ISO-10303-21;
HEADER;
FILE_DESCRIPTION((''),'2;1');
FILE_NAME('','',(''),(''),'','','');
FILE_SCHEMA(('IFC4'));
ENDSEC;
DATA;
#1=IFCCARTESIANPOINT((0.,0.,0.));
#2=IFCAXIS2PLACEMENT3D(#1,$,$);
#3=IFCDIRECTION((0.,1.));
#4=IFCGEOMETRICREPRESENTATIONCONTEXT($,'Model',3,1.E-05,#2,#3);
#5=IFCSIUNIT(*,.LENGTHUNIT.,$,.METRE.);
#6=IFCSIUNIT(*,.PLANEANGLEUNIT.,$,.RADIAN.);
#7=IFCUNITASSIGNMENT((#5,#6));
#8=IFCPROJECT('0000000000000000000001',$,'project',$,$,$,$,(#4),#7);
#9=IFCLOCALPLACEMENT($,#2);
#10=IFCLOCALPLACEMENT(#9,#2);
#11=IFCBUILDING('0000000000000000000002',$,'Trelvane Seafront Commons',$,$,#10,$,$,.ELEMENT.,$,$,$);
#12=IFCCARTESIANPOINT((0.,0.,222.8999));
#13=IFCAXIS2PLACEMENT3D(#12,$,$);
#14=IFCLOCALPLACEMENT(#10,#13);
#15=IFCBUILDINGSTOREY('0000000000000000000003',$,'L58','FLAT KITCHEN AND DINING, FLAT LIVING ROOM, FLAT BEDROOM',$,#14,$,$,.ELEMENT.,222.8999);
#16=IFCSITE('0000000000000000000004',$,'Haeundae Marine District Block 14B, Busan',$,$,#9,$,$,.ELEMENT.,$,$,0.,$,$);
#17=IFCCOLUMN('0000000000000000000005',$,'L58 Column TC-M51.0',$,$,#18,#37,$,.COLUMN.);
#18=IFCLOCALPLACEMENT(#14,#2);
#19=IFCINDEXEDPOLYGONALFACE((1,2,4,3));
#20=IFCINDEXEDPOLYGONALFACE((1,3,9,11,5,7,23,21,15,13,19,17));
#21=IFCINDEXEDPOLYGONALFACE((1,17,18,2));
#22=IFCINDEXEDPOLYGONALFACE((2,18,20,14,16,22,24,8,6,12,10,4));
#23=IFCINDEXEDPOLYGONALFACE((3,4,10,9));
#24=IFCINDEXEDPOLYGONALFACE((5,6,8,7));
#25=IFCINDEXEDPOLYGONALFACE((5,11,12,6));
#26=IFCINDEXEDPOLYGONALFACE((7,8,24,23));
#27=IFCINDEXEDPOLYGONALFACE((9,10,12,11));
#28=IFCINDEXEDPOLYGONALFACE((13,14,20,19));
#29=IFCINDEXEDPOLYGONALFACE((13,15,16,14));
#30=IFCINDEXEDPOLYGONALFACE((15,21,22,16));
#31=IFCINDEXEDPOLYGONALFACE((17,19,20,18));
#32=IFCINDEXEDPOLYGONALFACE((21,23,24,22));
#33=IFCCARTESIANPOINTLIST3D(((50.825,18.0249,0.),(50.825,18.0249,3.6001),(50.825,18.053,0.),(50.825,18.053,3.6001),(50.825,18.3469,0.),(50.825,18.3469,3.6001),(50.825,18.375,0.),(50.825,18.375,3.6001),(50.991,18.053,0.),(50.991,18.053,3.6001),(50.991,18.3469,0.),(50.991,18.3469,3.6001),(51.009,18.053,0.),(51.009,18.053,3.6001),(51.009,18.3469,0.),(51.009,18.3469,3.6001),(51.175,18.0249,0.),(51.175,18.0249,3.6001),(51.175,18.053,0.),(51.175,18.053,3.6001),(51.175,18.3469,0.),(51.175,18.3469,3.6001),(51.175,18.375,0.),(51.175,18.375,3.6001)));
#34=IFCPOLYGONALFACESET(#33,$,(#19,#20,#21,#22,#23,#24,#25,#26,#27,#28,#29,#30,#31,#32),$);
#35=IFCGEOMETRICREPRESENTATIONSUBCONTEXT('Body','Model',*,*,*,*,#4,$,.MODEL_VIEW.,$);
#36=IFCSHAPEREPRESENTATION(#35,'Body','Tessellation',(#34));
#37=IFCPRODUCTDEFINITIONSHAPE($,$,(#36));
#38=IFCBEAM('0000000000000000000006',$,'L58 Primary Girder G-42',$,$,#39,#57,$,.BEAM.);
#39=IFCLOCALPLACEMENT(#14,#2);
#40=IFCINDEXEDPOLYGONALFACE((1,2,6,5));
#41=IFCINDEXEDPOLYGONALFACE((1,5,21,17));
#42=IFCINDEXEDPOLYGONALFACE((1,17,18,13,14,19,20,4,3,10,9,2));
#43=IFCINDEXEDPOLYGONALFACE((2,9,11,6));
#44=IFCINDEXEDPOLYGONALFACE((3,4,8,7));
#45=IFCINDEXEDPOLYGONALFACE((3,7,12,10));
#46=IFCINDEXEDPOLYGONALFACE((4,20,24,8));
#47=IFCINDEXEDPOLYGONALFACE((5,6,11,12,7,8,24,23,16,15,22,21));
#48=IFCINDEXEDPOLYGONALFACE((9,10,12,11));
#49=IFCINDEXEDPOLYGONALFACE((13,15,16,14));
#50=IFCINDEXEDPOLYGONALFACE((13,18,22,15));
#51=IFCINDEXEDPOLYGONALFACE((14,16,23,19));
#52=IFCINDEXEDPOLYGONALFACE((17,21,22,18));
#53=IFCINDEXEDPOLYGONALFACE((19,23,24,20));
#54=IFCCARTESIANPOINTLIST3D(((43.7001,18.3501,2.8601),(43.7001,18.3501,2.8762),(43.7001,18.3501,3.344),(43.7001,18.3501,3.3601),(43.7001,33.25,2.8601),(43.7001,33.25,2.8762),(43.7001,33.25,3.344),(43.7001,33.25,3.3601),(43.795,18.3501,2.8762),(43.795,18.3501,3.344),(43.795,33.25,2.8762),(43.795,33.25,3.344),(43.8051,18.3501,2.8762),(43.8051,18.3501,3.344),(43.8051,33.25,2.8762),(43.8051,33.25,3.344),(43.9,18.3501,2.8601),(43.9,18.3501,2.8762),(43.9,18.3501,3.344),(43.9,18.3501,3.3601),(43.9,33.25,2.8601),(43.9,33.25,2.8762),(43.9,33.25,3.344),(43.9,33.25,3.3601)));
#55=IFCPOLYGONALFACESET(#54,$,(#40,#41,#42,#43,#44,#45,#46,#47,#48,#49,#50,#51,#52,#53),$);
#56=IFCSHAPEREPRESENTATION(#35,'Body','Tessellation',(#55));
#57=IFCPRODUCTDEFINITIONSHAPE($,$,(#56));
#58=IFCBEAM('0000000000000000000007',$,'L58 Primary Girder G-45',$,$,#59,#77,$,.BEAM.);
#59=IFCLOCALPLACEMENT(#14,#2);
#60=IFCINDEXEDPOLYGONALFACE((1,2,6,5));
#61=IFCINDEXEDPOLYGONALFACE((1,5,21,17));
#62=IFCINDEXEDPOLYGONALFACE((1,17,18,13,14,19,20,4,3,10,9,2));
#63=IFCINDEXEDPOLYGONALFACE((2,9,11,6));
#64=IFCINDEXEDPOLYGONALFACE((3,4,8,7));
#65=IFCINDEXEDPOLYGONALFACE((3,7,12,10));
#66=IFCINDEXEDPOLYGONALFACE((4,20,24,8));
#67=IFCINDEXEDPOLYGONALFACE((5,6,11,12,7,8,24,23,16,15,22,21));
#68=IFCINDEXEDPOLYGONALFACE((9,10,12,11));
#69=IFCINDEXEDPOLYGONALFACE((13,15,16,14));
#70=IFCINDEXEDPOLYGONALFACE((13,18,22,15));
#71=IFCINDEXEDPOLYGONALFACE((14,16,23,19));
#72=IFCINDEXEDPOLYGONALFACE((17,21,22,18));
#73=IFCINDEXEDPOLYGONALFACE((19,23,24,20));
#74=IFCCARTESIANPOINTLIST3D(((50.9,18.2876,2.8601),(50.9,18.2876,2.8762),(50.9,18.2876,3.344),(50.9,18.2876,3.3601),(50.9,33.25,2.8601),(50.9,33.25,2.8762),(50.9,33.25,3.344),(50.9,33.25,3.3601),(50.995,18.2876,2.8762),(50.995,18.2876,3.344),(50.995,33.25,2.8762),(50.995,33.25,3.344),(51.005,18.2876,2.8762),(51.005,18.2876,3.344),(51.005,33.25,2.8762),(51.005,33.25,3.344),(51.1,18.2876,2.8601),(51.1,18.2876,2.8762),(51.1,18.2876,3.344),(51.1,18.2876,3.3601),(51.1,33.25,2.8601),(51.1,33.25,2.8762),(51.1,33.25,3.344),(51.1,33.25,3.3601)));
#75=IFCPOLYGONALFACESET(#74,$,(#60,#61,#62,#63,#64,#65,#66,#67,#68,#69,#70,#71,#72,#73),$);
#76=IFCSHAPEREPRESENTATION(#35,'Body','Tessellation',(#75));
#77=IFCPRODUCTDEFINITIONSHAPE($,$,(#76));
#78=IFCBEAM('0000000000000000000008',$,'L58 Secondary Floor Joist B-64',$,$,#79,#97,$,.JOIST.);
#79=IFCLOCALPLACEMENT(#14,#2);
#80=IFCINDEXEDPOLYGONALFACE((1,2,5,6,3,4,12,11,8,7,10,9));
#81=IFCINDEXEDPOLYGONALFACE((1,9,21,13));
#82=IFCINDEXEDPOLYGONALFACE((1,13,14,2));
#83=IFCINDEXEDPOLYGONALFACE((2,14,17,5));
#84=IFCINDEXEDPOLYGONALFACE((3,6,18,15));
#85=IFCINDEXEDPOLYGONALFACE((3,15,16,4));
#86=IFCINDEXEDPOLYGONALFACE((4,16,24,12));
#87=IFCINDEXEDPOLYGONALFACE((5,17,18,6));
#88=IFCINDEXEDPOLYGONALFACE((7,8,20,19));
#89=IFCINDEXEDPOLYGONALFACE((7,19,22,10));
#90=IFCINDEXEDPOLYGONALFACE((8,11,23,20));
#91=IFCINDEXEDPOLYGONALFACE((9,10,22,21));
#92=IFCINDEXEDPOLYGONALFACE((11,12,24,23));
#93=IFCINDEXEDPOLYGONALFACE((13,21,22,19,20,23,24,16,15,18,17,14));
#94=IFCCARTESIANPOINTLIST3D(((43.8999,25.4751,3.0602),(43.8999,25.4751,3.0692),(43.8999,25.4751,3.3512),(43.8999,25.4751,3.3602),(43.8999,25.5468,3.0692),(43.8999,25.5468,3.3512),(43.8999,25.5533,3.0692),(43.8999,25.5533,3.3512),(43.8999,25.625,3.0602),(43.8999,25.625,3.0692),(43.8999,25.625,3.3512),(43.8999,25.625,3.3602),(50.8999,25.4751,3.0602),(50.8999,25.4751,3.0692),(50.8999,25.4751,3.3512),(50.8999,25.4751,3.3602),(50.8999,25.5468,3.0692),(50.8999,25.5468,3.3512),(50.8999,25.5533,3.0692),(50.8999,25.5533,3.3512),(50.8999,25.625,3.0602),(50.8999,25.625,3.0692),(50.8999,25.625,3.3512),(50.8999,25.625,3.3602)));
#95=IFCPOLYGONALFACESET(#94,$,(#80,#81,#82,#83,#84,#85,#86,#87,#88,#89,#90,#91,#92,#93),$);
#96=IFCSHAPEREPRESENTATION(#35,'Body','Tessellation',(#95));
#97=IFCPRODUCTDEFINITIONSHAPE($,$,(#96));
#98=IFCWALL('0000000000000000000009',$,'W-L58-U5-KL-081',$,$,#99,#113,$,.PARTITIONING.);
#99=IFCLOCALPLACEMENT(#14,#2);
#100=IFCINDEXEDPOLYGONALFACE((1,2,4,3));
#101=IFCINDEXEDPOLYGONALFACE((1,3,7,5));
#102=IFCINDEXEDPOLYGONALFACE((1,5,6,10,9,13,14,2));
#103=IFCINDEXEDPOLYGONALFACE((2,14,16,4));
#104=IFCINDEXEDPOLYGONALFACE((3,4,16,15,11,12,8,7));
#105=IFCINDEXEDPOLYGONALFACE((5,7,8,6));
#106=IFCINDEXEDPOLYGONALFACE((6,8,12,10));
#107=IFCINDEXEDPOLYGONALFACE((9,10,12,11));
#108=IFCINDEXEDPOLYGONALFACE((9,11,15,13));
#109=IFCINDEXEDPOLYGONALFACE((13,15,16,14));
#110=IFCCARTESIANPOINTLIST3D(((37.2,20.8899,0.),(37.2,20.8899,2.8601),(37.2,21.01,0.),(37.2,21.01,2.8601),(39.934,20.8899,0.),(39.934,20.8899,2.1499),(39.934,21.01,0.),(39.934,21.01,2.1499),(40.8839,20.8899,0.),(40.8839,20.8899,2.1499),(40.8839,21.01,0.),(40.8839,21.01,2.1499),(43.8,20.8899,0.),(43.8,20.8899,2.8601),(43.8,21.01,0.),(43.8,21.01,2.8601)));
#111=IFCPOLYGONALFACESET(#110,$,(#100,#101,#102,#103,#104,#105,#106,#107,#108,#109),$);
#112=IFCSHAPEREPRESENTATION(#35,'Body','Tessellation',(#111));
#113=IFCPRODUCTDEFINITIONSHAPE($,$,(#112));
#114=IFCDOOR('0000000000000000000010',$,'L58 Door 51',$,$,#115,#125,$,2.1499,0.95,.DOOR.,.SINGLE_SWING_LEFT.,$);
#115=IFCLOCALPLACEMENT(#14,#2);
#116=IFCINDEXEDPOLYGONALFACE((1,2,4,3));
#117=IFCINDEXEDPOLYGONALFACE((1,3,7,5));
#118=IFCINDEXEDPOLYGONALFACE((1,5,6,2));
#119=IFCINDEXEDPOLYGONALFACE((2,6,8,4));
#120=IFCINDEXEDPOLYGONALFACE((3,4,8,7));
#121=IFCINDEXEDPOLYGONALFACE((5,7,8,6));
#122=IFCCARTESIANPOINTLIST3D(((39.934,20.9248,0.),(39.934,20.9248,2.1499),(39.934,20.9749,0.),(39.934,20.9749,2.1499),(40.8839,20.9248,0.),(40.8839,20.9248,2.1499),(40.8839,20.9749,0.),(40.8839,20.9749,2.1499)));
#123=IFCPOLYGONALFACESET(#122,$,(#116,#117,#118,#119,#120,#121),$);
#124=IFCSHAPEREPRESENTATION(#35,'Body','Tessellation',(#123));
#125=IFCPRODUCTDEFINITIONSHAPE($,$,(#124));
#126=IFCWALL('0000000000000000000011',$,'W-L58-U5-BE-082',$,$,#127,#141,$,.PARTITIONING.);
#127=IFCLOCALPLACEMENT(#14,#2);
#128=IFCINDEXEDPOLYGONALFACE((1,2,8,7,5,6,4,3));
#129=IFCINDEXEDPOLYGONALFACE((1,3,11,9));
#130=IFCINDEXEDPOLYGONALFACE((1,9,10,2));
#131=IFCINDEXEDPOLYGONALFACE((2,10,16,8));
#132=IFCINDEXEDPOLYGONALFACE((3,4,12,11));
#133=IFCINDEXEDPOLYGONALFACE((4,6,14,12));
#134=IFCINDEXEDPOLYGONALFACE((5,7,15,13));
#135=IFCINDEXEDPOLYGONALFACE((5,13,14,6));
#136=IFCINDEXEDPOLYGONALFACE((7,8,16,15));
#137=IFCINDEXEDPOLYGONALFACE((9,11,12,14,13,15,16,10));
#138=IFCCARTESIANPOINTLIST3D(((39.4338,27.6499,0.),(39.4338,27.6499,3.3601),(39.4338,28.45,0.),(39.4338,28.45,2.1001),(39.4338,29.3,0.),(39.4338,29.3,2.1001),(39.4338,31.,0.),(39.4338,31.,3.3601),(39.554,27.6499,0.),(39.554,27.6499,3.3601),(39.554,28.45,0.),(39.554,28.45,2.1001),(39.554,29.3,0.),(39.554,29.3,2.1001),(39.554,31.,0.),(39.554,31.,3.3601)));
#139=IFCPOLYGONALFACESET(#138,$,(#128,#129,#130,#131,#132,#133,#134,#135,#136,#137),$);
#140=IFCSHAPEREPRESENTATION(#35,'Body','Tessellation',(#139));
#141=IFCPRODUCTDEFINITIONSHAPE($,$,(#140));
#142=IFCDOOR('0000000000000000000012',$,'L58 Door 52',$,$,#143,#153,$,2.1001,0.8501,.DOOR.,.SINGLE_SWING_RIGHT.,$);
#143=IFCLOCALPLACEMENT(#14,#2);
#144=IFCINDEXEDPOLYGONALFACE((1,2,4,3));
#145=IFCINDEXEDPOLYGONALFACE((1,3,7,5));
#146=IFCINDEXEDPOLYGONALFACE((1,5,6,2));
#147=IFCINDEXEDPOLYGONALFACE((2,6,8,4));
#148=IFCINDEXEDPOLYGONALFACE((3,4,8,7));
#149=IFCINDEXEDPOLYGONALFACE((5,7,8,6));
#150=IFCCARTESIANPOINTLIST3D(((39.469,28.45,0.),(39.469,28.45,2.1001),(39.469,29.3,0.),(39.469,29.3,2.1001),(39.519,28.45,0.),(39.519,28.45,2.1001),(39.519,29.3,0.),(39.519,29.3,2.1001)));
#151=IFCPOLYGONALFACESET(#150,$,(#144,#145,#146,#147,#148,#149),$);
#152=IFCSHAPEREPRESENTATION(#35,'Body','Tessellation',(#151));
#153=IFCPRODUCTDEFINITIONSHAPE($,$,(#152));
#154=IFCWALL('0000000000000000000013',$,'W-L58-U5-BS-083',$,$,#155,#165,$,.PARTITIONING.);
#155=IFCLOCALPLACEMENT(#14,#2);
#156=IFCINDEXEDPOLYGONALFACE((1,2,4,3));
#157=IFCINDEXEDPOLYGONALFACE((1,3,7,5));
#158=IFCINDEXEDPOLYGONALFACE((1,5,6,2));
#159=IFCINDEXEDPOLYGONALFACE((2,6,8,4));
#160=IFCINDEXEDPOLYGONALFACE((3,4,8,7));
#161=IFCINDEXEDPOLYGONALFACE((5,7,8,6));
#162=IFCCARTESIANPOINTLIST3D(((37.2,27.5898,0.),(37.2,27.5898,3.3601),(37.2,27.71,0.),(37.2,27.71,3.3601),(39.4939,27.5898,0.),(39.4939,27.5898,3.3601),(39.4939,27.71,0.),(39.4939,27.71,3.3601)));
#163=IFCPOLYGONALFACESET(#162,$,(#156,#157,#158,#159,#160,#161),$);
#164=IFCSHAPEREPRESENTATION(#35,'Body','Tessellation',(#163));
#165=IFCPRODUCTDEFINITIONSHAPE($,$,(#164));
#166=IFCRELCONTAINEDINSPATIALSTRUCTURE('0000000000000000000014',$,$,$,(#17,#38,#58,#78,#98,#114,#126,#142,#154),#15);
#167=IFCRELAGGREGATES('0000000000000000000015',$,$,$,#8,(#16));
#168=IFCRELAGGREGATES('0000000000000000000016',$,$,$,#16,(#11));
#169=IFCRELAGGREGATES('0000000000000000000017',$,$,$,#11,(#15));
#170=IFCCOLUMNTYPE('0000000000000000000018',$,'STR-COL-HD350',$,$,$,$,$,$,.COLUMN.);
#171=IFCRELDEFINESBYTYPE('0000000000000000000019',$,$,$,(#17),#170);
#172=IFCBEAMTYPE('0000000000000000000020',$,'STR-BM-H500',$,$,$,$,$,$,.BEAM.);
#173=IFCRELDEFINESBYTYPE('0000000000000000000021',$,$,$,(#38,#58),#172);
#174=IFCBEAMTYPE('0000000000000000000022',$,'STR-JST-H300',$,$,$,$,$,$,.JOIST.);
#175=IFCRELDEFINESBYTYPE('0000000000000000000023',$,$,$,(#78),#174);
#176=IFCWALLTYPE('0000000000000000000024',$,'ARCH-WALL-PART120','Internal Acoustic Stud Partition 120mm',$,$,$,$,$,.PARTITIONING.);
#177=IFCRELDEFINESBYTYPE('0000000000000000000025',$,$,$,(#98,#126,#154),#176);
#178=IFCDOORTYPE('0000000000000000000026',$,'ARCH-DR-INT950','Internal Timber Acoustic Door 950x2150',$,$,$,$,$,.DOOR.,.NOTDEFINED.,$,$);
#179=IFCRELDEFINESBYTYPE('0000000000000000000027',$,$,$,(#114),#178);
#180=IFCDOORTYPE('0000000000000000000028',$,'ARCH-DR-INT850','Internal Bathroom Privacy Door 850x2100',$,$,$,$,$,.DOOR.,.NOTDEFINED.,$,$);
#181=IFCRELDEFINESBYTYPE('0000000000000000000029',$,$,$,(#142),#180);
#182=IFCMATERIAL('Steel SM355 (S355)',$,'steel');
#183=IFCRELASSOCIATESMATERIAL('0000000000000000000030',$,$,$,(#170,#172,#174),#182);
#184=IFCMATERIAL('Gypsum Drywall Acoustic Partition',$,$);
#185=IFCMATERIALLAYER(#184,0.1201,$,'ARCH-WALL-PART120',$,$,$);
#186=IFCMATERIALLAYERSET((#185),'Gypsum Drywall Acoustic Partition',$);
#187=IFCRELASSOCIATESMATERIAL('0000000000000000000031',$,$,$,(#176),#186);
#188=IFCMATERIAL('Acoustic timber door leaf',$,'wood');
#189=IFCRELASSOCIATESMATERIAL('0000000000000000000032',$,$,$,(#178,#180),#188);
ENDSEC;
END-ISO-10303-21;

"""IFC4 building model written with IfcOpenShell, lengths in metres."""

from ifc_helpers import new_model, si_unit, direction, frame, frame_2d, origin, origin_2d, place, context, subcontext, project, spatial, rectangle, i_section, extrude, source, transform, mapped, material, layer, layer_set, material_profile, profile_set, type_object, element, fill, save


model = new_model("IFC4")

# Units and contexts
model_context = context("Model", 3, precision=1e-05, world=origin(), true_north=direction((0.0, 1.0)))
body_context = subcontext(model_context, "Body", "Model", "MODEL_VIEW")
ifc_project = project(units=[si_unit("LENGTHUNIT", "METRE"), si_unit("PLANEANGLEUNIT", "RADIAN")], contexts=[model_context])

# Site, building, storey
site_placement = place(None, origin())
site = spatial("IfcSite", under=ifc_project, at=site_placement, Name="Haeundae Marine District Block 14B, Busan", CompositionType="ELEMENT", RefElevation=0.0)
building_placement = place(site_placement, origin())
building = spatial("IfcBuilding", under=site, at=building_placement, Name="Trelvane Seafront Commons", CompositionType="ELEMENT")
storey_placement = place(building_placement, frame((0.0, 0.0, 222.8999)))
storey = spatial("IfcBuildingStorey", under=building, at=storey_placement, Name="L58", Description="FLAT KITCHEN AND DINING, FLAT LIVING ROOM, FLAT BEDROOM", CompositionType="ELEMENT", Elevation=222.8999)

# Column
ifc_material_1 = material(Name="Steel SM355 (S355)", Category="steel")
ifc_material_profile_1 = material_profile(ifc_material_1, i_section(OverallWidth=0.3501, OverallDepth=0.3501, WebThickness=0.0181, FlangeThickness=0.0281, at=origin_2d()), Name="HD-350x350x18x28")
ifc_profile_set_1 = profile_set([ifc_material_profile_1], Name="Steel SM355 (S355)")
column_type = type_object("IfcColumnType", Name="STR-COL-HD350", PredefinedType="COLUMN", material=ifc_profile_set_1)
shared_shape_1 = source(origin(), body_context, "Body", "SweptSolid", [
    extrude(i_section(OverallWidth=0.3501, OverallDepth=0.3501, WebThickness=0.0181, FlangeThickness=0.0281, at=origin_2d()), origin(), (0.0, 0.0, 1.0), 3.6001),
])
column_placement = place(storey_placement, frame((51.0, 18.2, 0.0), z_axis=(0.0, 0.0, 1.0), x_axis=(1.0, 0.0, 0.0)))
element("IfcColumn", 1, at=column_placement, inside=storey, type_object=column_type, Name="L58 Column TC-M51.0", PredefinedType="COLUMN", context=body_context, shape_type="MappedRepresentation", body=[
    mapped(shared_shape_1, transform((0.0, 0.0, 0.0), x_axis=(1.0, 0.0, 0.0), y_axis=(0.0, 1.0, 0.0), z_axis=(0.0, 0.0, 1.0), scale=1.0)),
])

# Beams
ifc_material_profile_2 = material_profile(ifc_material_1, i_section(OverallWidth=0.2, OverallDepth=0.5, WebThickness=0.01, FlangeThickness=0.0161, at=origin_2d()), Name="H-500x200x10x16")
ifc_profile_set_2 = profile_set([ifc_material_profile_2], Name="Steel SM355 (S355)")
beam_type_1 = type_object("IfcBeamType", Name="STR-BM-H500", PredefinedType="BEAM", material=ifc_profile_set_2)
shared_shape_2 = source(origin(), body_context, "Body", "SweptSolid", [
    extrude(i_section(OverallWidth=0.2, OverallDepth=0.5, WebThickness=0.01, FlangeThickness=0.0161, at=origin_2d()), origin(), (0.0, 0.0, 1.0), 14.8999),
])
beam_1_placement = place(storey_placement, frame((43.8, 18.3501, 3.1101), z_axis=(0.0, 1.0, 0.0), x_axis=(-1.0, 0.0, 0.0)))
element("IfcBeam", 2, at=beam_1_placement, inside=storey, type_object=beam_type_1, Name="L58 Primary Girder G-42", PredefinedType="BEAM", context=body_context, shape_type="MappedRepresentation", body=[
    mapped(shared_shape_2, transform((0.0, 0.0, 0.0), x_axis=(1.0, 0.0, 0.0), y_axis=(0.0, 1.0, 0.0), z_axis=(0.0, 0.0, 1.0), scale=1.0)),
])
shared_shape_3 = source(origin(), body_context, "Body", "SweptSolid", [
    extrude(i_section(OverallWidth=0.2, OverallDepth=0.5, WebThickness=0.01, FlangeThickness=0.0161, at=origin_2d()), origin(), (0.0, 0.0, 1.0), 14.9624),
])
beam_2_placement = place(storey_placement, frame((51.0, 18.2876, 3.1101), z_axis=(0.0, 1.0, 0.0), x_axis=(-1.0, 0.0, 0.0)))
element("IfcBeam", 3, at=beam_2_placement, inside=storey, type_object=beam_type_1, Name="L58 Primary Girder G-45", PredefinedType="BEAM", context=body_context, shape_type="MappedRepresentation", body=[
    mapped(shared_shape_3, transform((0.0, 0.0, 0.0), x_axis=(1.0, 0.0, 0.0), y_axis=(0.0, 1.0, 0.0), z_axis=(0.0, 0.0, 1.0), scale=1.0)),
])
ifc_material_profile_3 = material_profile(ifc_material_1, i_section(OverallWidth=0.1499, OverallDepth=0.3, WebThickness=0.0066, FlangeThickness=0.009, at=origin_2d()), Name="H-300x150x6.5x9")
ifc_profile_set_3 = profile_set([ifc_material_profile_3], Name="Steel SM355 (S355)")
beam_type_2 = type_object("IfcBeamType", Name="STR-JST-H300", PredefinedType="JOIST", material=ifc_profile_set_3)
shared_shape_4 = source(origin(), body_context, "Body", "SweptSolid", [
    extrude(i_section(OverallWidth=0.1499, OverallDepth=0.3, WebThickness=0.0066, FlangeThickness=0.009, at=origin_2d()), origin(), (0.0, 0.0, 1.0), 7.0),
])
beam_3_placement = place(storey_placement, frame((43.8999, 25.55, 3.2102), z_axis=(1.0, 0.0, 0.0), x_axis=(0.0, 1.0, 0.0)))
element("IfcBeam", 4, at=beam_3_placement, inside=storey, type_object=beam_type_2, Name="L58 Secondary Floor Joist B-64", PredefinedType="JOIST", context=body_context, shape_type="MappedRepresentation", body=[
    mapped(shared_shape_4, transform((0.0, 0.0, 0.0), x_axis=(1.0, 0.0, 0.0), y_axis=(0.0, 1.0, 0.0), z_axis=(0.0, 0.0, 1.0), scale=1.0)),
])

# Walls, openings, doors
ifc_material_2 = material(Name="Gypsum Drywall Acoustic Partition")
ifc_layer = layer(ifc_material_2, 0.1201, Name="ARCH-WALL-PART120")
ifc_layer_set = layer_set([ifc_layer], Name="Gypsum Drywall Acoustic Partition")
wall_type = type_object("IfcWallType", Name="ARCH-WALL-PART120", Description="Internal Acoustic Stud Partition 120mm", PredefinedType="PARTITIONING", material=ifc_layer_set)
wall_1_placement = place(storey_placement, frame((37.2, 20.95, 0.0), z_axis=(0.0, 0.0, 1.0), x_axis=(1.0, 0.0, 0.0)))
wall_1 = element("IfcWall", 5, at=wall_1_placement, inside=storey, type_object=wall_type, Name="W-L58-U5-KL-081", PredefinedType="PARTITIONING", context=body_context, shape_type="SweptSolid", body=[
    extrude(rectangle(XDim=6.6001, YDim=0.1201, at=frame_2d((3.3, 0.0))), origin(), (0.0, 0.0, 1.0), 2.8601),
])
opening_1_placement = place(wall_1_placement, frame((2.7339, 0.0, 0.0)))
opening_1 = element("IfcOpeningElement", 6, at=opening_1_placement, cuts=wall_1, PredefinedType="OPENING", context=body_context, shape_type="SweptSolid", body=[
    extrude(rectangle(XDim=0.95, YDim=2.1499, at=frame_2d((0.4751, 1.075))), frame((0.0, 0.0701, 0.0), z_axis=(0.0, -1.0, 0.0), x_axis=(1.0, 0.0, 0.0)), (0.0, 0.0, 1.0), 0.1401),
])
ifc_material_3 = material(Name="Acoustic timber door leaf", Category="wood")
door_type_1 = type_object("IfcDoorType", Name="ARCH-DR-INT950", Description="Internal Timber Acoustic Door 950x2150", OperationType="NOTDEFINED", PredefinedType="DOOR", material=ifc_material_3)
shared_shape_5 = source(origin(), body_context, "Body", "SweptSolid", [
    extrude(rectangle(XDim=0.95, YDim=2.1499, at=frame_2d((0.4751, 1.075))), frame((0.0, 0.0249, 0.0), z_axis=(0.0, -1.0, 0.0), x_axis=(1.0, 0.0, 0.0)), (0.0, 0.0, 1.0), 0.05),
])
door_1_placement = place(opening_1_placement, origin())
door_1 = element("IfcDoor", 7, at=door_1_placement, inside=storey, type_object=door_type_1, Name="L58 Door 51", OperationType="SINGLE_SWING_LEFT", OverallHeight=2.1499, OverallWidth=0.95, PredefinedType="DOOR", context=body_context, shape_type="MappedRepresentation", body=[
    mapped(shared_shape_5, transform((0.0, 0.0, 0.0), x_axis=(1.0, 0.0, 0.0), y_axis=(0.0, 1.0, 0.0), z_axis=(0.0, 0.0, 1.0), scale=1.0)),
])
fill(opening_1, door_1)
wall_2_placement = place(storey_placement, frame((39.4939, 27.6499, 0.0), z_axis=(0.0, 0.0, 1.0), x_axis=(0.0, 1.0, 0.0)))
wall_2 = element("IfcWall", 8, at=wall_2_placement, inside=storey, type_object=wall_type, Name="W-L58-U5-BE-082", PredefinedType="PARTITIONING", context=body_context, shape_type="SweptSolid", body=[
    extrude(rectangle(XDim=3.3501, YDim=0.1201, at=frame_2d((1.675, 0.0))), origin(), (0.0, 0.0, 1.0), 3.3601),
])
opening_2_placement = place(wall_2_placement, frame((0.8, 0.0, 0.0)))
opening_2 = element("IfcOpeningElement", 9, at=opening_2_placement, cuts=wall_2, PredefinedType="OPENING", context=body_context, shape_type="SweptSolid", body=[
    extrude(rectangle(XDim=0.8501, YDim=2.1001, at=frame_2d((0.425, 1.05))), frame((0.0, 0.0701, 0.0), z_axis=(0.0, -1.0, 0.0), x_axis=(1.0, 0.0, 0.0)), (0.0, 0.0, 1.0), 0.1401),
])
door_type_2 = type_object("IfcDoorType", Name="ARCH-DR-INT850", Description="Internal Bathroom Privacy Door 850x2100", OperationType="NOTDEFINED", PredefinedType="DOOR", material=ifc_material_3)
shared_shape_6 = source(origin(), body_context, "Body", "SweptSolid", [
    extrude(rectangle(XDim=0.8501, YDim=2.1001, at=frame_2d((0.425, 1.05))), frame((0.0, 0.0249, 0.0), z_axis=(0.0, -1.0, 0.0), x_axis=(1.0, 0.0, 0.0)), (0.0, 0.0, 1.0), 0.05),
])
door_2_placement = place(opening_2_placement, origin())
door_2 = element("IfcDoor", 10, at=door_2_placement, inside=storey, type_object=door_type_2, Name="L58 Door 52", OperationType="SINGLE_SWING_RIGHT", OverallHeight=2.1001, OverallWidth=0.8501, PredefinedType="DOOR", context=body_context, shape_type="MappedRepresentation", body=[
    mapped(shared_shape_6, transform((0.0, 0.0, 0.0), x_axis=(1.0, 0.0, 0.0), y_axis=(0.0, 1.0, 0.0), z_axis=(0.0, 0.0, 1.0), scale=1.0)),
])
fill(opening_2, door_2)

# Wall
wall_3_placement = place(storey_placement, frame((37.2, 27.6499, 0.0), z_axis=(0.0, 0.0, 1.0), x_axis=(1.0, 0.0, 0.0)))
element("IfcWall", 11, at=wall_3_placement, inside=storey, type_object=wall_type, Name="W-L58-U5-BS-083", PredefinedType="PARTITIONING", context=body_context, shape_type="SweptSolid", body=[
    extrude(rectangle(XDim=2.2939, YDim=0.1201, at=frame_2d((1.147, 0.0))), origin(), (0.0, 0.0, 1.0), 3.3601),
])

save(model, "model.ifc")
